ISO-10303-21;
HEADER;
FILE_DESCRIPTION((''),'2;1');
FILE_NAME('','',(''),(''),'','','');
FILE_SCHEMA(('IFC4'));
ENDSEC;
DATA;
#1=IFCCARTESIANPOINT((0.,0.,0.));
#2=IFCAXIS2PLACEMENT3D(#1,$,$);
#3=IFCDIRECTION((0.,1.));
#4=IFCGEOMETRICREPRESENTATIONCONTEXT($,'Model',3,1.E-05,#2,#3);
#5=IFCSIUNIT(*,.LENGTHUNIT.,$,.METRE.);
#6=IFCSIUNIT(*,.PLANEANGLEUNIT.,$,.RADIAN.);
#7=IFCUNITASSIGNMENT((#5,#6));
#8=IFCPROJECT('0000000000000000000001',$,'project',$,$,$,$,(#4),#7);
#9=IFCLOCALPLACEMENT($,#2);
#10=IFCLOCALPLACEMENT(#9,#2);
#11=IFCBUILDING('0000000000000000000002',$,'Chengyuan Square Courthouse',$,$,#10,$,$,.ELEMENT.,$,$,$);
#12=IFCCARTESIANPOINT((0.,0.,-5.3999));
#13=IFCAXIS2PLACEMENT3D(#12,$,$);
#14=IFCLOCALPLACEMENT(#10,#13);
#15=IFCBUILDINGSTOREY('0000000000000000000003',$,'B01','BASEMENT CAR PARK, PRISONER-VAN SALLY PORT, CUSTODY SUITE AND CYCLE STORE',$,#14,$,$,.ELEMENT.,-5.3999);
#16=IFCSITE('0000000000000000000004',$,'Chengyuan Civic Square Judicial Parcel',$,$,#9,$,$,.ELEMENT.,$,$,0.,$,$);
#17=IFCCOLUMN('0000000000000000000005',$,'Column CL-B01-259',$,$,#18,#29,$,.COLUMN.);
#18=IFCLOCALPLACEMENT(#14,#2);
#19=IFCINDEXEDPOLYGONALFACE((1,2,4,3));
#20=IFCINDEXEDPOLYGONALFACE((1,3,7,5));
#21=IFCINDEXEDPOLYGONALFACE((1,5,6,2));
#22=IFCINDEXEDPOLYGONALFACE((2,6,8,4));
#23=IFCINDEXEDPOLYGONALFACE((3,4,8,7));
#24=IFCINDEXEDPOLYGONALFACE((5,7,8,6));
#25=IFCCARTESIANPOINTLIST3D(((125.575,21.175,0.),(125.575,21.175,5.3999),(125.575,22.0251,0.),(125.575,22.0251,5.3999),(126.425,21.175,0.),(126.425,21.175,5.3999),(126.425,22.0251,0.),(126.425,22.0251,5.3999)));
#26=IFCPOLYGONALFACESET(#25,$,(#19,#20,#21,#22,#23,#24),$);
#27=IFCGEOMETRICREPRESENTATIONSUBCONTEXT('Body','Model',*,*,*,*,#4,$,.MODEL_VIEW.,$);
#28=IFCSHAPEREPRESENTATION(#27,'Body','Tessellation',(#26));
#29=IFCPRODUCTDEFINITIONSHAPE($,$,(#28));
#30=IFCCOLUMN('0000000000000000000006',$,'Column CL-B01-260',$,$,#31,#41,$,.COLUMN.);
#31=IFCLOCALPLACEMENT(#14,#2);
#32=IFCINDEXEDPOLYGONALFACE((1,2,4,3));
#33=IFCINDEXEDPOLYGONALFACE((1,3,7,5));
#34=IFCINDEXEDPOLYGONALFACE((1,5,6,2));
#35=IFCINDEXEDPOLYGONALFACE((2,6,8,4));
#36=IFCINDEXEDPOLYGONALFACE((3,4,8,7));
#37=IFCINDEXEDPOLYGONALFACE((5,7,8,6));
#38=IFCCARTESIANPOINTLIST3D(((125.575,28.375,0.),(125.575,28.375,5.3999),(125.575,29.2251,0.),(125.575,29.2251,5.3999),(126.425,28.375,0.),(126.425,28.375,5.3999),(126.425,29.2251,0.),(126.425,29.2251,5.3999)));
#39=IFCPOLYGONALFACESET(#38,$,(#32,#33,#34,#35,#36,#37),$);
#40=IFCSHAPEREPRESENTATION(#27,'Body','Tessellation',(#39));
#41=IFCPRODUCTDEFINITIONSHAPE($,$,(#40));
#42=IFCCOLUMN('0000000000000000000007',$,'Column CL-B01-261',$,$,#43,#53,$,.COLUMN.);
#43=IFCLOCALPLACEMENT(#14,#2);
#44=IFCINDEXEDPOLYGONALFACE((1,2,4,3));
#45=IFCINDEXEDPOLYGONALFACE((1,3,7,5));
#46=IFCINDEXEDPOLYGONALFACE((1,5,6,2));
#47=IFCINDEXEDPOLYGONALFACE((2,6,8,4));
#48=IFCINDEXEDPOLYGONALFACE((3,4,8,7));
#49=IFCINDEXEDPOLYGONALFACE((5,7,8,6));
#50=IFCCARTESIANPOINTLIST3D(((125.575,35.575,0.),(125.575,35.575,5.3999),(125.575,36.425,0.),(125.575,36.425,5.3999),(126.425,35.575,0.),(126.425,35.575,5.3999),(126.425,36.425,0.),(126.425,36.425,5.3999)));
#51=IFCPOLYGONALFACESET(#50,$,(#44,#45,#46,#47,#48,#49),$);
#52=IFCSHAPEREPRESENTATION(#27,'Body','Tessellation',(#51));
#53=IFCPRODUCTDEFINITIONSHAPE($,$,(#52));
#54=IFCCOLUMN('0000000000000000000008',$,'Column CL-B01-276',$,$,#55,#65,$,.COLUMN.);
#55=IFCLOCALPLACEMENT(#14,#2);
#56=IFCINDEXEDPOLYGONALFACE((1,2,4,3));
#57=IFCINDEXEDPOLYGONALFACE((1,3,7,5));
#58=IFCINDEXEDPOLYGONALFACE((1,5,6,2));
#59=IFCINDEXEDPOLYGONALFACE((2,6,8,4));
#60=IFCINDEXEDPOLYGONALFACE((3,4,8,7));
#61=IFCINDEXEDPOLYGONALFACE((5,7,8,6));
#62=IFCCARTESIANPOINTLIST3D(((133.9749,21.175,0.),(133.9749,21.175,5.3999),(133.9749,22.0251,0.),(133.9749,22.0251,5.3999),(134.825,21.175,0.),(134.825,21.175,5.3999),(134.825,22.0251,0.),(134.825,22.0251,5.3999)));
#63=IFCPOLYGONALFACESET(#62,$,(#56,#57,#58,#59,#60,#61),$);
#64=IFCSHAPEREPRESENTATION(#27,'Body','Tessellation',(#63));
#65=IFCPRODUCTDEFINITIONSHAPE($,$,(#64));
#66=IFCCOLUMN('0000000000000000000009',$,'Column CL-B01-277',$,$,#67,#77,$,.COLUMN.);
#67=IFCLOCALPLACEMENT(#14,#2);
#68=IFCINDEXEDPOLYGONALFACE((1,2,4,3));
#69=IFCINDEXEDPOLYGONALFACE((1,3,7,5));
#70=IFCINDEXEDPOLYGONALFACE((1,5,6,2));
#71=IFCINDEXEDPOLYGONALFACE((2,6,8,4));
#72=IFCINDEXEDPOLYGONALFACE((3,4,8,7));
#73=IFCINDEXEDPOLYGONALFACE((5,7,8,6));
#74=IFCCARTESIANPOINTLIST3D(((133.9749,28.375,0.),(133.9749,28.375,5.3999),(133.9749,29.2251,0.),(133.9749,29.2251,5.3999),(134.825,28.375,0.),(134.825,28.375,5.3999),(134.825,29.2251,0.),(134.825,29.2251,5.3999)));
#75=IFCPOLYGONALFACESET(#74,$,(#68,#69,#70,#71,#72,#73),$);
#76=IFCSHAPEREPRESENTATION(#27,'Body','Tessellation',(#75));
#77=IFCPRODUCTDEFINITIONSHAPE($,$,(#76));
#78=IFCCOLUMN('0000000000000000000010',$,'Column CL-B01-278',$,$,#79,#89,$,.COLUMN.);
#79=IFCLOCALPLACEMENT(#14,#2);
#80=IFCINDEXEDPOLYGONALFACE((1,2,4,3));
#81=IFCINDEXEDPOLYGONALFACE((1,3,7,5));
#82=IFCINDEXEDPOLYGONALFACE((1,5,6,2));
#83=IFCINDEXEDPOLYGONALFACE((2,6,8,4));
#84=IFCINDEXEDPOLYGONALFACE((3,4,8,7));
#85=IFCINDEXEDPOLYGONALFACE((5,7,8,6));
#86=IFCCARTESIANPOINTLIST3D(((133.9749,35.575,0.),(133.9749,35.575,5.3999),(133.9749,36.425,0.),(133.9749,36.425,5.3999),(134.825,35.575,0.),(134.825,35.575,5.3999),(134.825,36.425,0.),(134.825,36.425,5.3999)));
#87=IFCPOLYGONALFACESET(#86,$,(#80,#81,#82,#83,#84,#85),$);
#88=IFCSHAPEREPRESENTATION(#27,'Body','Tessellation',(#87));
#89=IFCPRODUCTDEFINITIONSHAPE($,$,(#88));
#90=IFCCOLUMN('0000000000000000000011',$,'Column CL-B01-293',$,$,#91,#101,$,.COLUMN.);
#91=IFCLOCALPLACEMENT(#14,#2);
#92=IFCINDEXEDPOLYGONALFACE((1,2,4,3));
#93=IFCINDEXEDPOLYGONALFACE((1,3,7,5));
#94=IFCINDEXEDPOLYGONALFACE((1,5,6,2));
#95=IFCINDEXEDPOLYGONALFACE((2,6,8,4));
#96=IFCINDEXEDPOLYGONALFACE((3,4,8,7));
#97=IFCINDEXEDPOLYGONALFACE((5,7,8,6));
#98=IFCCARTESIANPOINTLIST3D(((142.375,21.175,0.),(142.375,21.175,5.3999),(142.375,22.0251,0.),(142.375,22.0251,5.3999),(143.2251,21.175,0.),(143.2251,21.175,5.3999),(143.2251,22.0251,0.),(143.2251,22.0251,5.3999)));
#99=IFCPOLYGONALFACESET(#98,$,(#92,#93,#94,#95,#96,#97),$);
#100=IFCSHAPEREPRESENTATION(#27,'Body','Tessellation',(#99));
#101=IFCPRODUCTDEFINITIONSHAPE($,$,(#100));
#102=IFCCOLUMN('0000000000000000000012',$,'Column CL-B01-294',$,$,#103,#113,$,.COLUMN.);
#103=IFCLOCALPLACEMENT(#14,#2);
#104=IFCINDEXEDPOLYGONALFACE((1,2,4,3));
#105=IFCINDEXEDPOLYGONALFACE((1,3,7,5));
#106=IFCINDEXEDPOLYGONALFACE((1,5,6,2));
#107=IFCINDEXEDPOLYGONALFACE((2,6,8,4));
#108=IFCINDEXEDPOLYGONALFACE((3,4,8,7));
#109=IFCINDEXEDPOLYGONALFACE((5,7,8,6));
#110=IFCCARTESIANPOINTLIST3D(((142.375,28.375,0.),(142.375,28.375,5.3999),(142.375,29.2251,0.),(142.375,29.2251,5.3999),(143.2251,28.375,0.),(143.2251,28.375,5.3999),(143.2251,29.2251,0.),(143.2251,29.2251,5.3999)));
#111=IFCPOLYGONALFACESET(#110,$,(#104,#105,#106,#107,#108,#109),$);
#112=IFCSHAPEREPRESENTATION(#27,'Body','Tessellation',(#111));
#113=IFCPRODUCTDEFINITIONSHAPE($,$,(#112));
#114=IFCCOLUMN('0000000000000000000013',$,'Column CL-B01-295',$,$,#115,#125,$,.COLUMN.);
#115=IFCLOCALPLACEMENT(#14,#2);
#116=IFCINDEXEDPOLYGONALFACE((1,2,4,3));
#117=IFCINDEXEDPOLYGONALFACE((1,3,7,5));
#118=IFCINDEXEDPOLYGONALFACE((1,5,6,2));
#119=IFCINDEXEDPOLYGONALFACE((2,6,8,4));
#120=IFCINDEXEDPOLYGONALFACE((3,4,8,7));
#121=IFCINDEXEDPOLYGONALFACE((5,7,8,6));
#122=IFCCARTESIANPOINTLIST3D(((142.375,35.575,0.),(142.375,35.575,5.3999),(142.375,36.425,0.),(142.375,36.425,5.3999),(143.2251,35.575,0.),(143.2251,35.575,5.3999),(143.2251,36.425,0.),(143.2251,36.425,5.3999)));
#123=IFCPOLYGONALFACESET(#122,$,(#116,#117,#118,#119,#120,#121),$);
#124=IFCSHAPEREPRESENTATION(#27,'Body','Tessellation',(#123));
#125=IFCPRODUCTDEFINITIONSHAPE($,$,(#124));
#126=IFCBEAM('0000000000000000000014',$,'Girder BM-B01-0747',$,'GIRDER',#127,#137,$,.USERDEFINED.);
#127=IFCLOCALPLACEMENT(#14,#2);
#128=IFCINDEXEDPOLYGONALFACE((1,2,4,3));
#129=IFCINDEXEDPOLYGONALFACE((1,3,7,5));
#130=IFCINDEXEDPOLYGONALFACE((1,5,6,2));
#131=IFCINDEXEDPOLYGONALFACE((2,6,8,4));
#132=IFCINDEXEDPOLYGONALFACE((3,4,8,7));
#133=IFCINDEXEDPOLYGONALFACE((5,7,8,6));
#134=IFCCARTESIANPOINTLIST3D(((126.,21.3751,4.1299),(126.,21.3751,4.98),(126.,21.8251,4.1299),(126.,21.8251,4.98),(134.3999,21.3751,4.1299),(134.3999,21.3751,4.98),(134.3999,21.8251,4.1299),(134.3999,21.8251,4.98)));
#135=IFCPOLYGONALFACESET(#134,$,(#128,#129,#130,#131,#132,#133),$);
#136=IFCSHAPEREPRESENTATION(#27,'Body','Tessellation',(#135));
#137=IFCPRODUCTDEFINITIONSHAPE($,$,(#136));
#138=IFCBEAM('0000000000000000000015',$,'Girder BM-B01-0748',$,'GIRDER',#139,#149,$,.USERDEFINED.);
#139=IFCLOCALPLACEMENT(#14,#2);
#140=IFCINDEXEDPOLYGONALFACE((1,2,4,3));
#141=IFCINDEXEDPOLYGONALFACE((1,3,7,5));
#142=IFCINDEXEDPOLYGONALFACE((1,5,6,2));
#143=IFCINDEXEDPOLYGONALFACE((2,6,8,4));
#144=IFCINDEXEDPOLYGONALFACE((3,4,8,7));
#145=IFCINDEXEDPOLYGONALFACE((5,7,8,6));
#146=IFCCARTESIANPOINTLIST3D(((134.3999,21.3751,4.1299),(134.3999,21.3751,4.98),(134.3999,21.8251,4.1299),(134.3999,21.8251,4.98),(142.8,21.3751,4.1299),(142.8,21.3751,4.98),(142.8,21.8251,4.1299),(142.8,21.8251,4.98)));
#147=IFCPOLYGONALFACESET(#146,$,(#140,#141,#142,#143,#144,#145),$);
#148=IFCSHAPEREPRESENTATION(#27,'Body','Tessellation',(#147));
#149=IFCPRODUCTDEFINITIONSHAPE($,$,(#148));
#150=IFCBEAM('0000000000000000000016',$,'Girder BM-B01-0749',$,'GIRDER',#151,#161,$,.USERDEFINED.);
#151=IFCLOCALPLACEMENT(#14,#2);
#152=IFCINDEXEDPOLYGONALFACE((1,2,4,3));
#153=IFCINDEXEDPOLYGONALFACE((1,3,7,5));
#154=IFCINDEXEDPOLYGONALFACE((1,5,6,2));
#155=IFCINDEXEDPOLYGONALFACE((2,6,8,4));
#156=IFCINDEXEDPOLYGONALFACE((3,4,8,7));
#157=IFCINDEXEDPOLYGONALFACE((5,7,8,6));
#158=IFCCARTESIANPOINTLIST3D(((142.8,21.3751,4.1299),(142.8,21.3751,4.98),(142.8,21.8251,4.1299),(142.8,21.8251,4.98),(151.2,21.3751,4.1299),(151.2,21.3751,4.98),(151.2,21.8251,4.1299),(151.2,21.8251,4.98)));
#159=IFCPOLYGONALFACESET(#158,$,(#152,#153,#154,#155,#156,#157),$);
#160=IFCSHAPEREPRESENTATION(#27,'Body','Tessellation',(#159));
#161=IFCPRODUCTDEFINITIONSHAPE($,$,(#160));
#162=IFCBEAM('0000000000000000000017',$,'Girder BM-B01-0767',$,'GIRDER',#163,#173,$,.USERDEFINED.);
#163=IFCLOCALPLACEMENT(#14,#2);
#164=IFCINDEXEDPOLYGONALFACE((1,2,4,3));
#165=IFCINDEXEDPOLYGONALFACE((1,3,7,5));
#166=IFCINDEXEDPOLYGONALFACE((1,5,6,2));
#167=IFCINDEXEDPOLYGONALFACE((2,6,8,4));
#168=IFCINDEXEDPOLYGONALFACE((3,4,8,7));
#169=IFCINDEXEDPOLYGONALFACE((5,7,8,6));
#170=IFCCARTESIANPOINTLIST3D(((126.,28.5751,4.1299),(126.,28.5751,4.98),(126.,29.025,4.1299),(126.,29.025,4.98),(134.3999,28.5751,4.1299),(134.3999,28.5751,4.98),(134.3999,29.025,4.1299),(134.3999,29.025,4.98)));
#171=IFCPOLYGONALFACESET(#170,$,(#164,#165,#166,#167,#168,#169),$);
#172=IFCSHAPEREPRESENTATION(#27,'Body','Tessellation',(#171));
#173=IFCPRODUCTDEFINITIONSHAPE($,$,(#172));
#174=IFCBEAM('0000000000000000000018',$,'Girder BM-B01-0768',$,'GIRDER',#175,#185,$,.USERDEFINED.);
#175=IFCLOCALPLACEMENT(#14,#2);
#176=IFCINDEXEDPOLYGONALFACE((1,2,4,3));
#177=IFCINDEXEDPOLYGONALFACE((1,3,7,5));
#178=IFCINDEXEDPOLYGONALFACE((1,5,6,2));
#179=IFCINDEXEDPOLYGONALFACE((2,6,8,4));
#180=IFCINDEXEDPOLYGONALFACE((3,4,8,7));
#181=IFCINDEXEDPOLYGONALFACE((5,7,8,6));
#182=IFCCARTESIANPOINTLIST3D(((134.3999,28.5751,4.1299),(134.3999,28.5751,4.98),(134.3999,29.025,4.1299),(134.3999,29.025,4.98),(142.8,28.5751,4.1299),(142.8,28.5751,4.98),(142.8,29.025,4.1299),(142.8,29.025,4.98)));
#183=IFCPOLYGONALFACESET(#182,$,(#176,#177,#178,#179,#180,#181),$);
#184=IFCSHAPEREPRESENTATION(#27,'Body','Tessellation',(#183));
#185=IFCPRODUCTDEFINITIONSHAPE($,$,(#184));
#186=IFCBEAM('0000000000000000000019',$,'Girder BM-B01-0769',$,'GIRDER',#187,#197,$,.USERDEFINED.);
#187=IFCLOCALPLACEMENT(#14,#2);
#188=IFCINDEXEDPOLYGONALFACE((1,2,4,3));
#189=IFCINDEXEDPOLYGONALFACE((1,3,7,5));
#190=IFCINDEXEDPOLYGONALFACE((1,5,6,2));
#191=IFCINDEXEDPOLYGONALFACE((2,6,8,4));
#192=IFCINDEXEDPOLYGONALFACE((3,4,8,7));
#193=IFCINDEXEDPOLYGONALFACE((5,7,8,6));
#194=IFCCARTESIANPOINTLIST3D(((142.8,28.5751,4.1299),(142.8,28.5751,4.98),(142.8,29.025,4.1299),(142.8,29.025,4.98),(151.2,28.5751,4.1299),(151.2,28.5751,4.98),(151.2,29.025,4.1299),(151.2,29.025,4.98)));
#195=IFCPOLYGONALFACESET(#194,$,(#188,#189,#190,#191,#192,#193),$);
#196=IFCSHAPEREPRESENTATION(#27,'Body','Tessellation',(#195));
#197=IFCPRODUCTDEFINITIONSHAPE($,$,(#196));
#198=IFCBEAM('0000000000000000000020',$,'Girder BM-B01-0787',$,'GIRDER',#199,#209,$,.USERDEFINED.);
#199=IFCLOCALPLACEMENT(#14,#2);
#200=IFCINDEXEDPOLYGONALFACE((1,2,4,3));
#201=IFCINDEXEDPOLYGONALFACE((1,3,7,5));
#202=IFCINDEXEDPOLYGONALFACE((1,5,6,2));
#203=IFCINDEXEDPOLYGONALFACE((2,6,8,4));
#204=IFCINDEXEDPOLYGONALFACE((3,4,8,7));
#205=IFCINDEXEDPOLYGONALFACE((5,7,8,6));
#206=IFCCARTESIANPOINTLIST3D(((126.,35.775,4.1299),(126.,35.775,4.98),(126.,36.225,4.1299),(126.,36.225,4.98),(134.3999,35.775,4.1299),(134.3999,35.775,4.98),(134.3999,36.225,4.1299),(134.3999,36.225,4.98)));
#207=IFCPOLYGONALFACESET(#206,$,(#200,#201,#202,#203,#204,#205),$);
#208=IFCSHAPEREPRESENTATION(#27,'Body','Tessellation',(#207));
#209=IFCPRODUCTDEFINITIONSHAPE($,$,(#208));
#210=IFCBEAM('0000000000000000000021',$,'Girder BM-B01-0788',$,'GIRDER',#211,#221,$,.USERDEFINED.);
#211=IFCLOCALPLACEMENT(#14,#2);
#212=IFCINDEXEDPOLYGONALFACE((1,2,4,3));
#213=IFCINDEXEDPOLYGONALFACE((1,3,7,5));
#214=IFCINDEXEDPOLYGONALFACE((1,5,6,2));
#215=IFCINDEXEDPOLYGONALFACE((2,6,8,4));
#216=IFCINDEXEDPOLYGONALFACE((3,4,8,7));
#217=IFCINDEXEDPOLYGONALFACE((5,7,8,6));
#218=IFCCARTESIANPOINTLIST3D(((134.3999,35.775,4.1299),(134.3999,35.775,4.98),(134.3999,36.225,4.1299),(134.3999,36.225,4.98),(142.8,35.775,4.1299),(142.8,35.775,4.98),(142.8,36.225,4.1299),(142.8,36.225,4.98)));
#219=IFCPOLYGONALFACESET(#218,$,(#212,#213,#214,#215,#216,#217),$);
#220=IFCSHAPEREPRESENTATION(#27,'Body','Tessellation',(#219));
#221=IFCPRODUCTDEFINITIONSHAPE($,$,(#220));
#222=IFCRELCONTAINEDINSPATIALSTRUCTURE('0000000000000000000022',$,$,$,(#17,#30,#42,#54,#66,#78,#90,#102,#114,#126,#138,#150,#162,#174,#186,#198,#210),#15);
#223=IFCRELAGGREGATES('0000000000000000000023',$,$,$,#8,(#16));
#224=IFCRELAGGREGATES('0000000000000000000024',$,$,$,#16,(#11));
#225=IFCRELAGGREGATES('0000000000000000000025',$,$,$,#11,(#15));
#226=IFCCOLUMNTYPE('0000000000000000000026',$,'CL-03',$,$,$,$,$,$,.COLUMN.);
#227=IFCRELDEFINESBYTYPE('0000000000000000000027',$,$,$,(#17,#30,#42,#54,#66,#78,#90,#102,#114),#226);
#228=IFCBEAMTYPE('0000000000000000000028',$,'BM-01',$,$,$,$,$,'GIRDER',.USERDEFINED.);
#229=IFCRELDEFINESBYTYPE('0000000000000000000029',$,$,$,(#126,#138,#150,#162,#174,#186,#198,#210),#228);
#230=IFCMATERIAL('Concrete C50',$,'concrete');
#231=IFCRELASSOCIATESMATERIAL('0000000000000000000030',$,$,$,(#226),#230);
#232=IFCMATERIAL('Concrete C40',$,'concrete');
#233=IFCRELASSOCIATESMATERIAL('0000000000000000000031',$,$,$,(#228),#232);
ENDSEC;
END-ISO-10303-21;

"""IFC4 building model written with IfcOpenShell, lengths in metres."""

from ifc_helpers import new_model, si_unit, direction, frame, origin, origin_2d, place, context, subcontext, project, spatial, rectangle, extrude, material, material_profile, profile_set, type_object, element, save


model = new_model("IFC4")

# Units and contexts
model_context = context("Model", 3, precision=1e-05, world=origin(), true_north=direction((0.0, 1.0)))
body_context = subcontext(model_context, "Body", "Model", "MODEL_VIEW")
ifc_project = project(units=[si_unit("LENGTHUNIT", "METRE"), si_unit("PLANEANGLEUNIT", "RADIAN")], contexts=[model_context])

# Site, building, storey
site_placement = place(None, origin())
site = spatial("IfcSite", under=ifc_project, at=site_placement, Name="Chengyuan Civic Square Judicial Parcel", CompositionType="ELEMENT", RefElevation=0.0)
building_placement = place(site_placement, origin())
building = spatial("IfcBuilding", under=site, at=building_placement, Name="Chengyuan Square Courthouse", CompositionType="ELEMENT")
storey_placement = place(building_placement, frame((0.0, 0.0, -5.3999)))
storey = spatial("IfcBuildingStorey", under=building, at=storey_placement, Name="B01", Description="BASEMENT CAR PARK, PRISONER-VAN SALLY PORT, CUSTODY SUITE AND CYCLE STORE", CompositionType="ELEMENT", Elevation=-5.3999)

# Columns
ifc_material_1 = material(Name="Concrete C50", Category="concrete")
ifc_material_profile_1 = material_profile(ifc_material_1, rectangle(XDim=0.8501, YDim=0.8501, at=origin_2d()), Name="RC-COL-850x850")
ifc_profile_set_1 = profile_set([ifc_material_profile_1], Name="Concrete C50")
column_type = type_object("IfcColumnType", Name="CL-03", PredefinedType="COLUMN", material=ifc_profile_set_1)
for number, where, z_axis, x_axis, name in (
    (1, (126.0, 21.6001, 0.0), (0.0, 0.0, 1.0), (1.0, 0.0, 0.0), "Column CL-B01-259"),
    (2, (126.0, 28.8, 0.0), (0.0, 0.0, 1.0), (1.0, 0.0, 0.0), "Column CL-B01-260"),
    (3, (126.0, 36.0, 0.0), (0.0, 0.0, 1.0), (1.0, 0.0, 0.0), "Column CL-B01-261"),
    (4, (134.3999, 21.6001, 0.0), (0.0, 0.0, 1.0), (1.0, 0.0, 0.0), "Column CL-B01-276"),
    (5, (134.3999, 28.8, 0.0), (0.0, 0.0, 1.0), (1.0, 0.0, 0.0), "Column CL-B01-277"),
    (6, (134.3999, 36.0, 0.0), (0.0, 0.0, 1.0), (1.0, 0.0, 0.0), "Column CL-B01-278"),
    (7, (142.8, 21.6001, 0.0), (0.0, 0.0, 1.0), (1.0, 0.0, 0.0), "Column CL-B01-293"),
    (8, (142.8, 28.8, 0.0), (0.0, 0.0, 1.0), (1.0, 0.0, 0.0), "Column CL-B01-294"),
    (9, (142.8, 36.0, 0.0), (0.0, 0.0, 1.0), (1.0, 0.0, 0.0), "Column CL-B01-295"),
):
    element("IfcColumn", number, at=place(storey_placement, frame(where, z_axis=z_axis, x_axis=x_axis)), inside=storey, type_object=column_type, Name=name, PredefinedType="COLUMN", context=body_context, shape_type="SweptSolid", body=[
        extrude(rectangle(XDim=0.8501, YDim=0.8501, at=origin_2d()), origin(), (0.0, 0.0, 1.0), 5.3999),
    ])

# Beams
ifc_material_2 = material(Name="Concrete C40", Category="concrete")
ifc_material_profile_2 = material_profile(ifc_material_2, rectangle(XDim=0.45, YDim=0.8501, at=origin_2d()), Name="RC-BM-450x850")
ifc_profile_set_2 = profile_set([ifc_material_profile_2], Name="Concrete C40")
beam_type_1 = type_object("IfcBeamType", Name="BM-01", ElementType="GIRDER", PredefinedType="USERDEFINED", material=ifc_profile_set_2)
beam_1_placement = place(storey_placement, frame((126.0, 21.6001, 4.5549), z_axis=(1.0, 0.0, 0.0), x_axis=(0.0, 1.0, 0.0)))
element("IfcBeam", 10, at=beam_1_placement, inside=storey, type_object=beam_type_1, Name="Girder BM-B01-0747", ObjectType="GIRDER", PredefinedType="USERDEFINED", context=body_context, shape_type="SweptSolid", body=[
    extrude(rectangle(XDim=0.45, YDim=0.8501, at=origin_2d()), origin(), (0.0, 0.0, 1.0), 8.3999),
])
beam_2_placement = place(storey_placement, frame((134.3999, 21.6001, 4.5549), z_axis=(1.0, 0.0, 0.0), x_axis=(0.0, 1.0, 0.0)))
element("IfcBeam", 11, at=beam_2_placement, inside=storey, type_object=beam_type_1, Name="Girder BM-B01-0748", ObjectType="GIRDER", PredefinedType="USERDEFINED", context=body_context, shape_type="SweptSolid", body=[
    extrude(rectangle(XDim=0.45, YDim=0.8501, at=origin_2d()), origin(), (0.0, 0.0, 1.0), 8.4001),
])
for number, where, z_axis, x_axis, name in (
    (12, (142.8, 21.6001, 4.5549), (1.0, 0.0, 0.0), (0.0, 1.0, 0.0), "Girder BM-B01-0749"),
    (13, (126.0, 28.8, 4.5549), (1.0, 0.0, 0.0), (0.0, 1.0, 0.0), "Girder BM-B01-0767"),
):
    element("IfcBeam", number, at=place(storey_placement, frame(where, z_axis=z_axis, x_axis=x_axis)), inside=storey, type_object=beam_type_1, Name=name, ObjectType="GIRDER", PredefinedType="USERDEFINED", context=body_context, shape_type="SweptSolid", body=[
        extrude(rectangle(XDim=0.45, YDim=0.8501, at=origin_2d()), origin(), (0.0, 0.0, 1.0), 8.3999),
    ])
beam_3_placement = place(storey_placement, frame((134.3999, 28.8, 4.5549), z_axis=(1.0, 0.0, 0.0), x_axis=(0.0, 1.0, 0.0)))
element("IfcBeam", 14, at=beam_3_placement, inside=storey, type_object=beam_type_1, Name="Girder BM-B01-0768", ObjectType="GIRDER", PredefinedType="USERDEFINED", context=body_context, shape_type="SweptSolid", body=[
    extrude(rectangle(XDim=0.45, YDim=0.8501, at=origin_2d()), origin(), (0.0, 0.0, 1.0), 8.4001),
])
for number, where, z_axis, x_axis, name in (
    (15, (142.8, 28.8, 4.5549), (1.0, 0.0, 0.0), (0.0, 1.0, 0.0), "Girder BM-B01-0769"),
    (16, (126.0, 36.0, 4.5549), (1.0, 0.0, 0.0), (0.0, 1.0, 0.0), "Girder BM-B01-0787"),
):
    element("IfcBeam", number, at=place(storey_placement, frame(where, z_axis=z_axis, x_axis=x_axis)), inside=storey, type_object=beam_type_1, Name=name, ObjectType="GIRDER", PredefinedType="USERDEFINED", context=body_context, shape_type="SweptSolid", body=[
        extrude(rectangle(XDim=0.45, YDim=0.8501, at=origin_2d()), origin(), (0.0, 0.0, 1.0), 8.3999),
    ])
beam_4_placement = place(storey_placement, frame((134.3999, 36.0, 4.5549), z_axis=(1.0, 0.0, 0.0), x_axis=(0.0, 1.0, 0.0)))
element("IfcBeam", 17, at=beam_4_placement, inside=storey, type_object=beam_type_1, Name="Girder BM-B01-0788", ObjectType="GIRDER", PredefinedType="USERDEFINED", context=body_context, shape_type="SweptSolid", body=[
    extrude(rectangle(XDim=0.45, YDim=0.8501, at=origin_2d()), origin(), (0.0, 0.0, 1.0), 8.4001),
])

save(model, "model.ifc")
